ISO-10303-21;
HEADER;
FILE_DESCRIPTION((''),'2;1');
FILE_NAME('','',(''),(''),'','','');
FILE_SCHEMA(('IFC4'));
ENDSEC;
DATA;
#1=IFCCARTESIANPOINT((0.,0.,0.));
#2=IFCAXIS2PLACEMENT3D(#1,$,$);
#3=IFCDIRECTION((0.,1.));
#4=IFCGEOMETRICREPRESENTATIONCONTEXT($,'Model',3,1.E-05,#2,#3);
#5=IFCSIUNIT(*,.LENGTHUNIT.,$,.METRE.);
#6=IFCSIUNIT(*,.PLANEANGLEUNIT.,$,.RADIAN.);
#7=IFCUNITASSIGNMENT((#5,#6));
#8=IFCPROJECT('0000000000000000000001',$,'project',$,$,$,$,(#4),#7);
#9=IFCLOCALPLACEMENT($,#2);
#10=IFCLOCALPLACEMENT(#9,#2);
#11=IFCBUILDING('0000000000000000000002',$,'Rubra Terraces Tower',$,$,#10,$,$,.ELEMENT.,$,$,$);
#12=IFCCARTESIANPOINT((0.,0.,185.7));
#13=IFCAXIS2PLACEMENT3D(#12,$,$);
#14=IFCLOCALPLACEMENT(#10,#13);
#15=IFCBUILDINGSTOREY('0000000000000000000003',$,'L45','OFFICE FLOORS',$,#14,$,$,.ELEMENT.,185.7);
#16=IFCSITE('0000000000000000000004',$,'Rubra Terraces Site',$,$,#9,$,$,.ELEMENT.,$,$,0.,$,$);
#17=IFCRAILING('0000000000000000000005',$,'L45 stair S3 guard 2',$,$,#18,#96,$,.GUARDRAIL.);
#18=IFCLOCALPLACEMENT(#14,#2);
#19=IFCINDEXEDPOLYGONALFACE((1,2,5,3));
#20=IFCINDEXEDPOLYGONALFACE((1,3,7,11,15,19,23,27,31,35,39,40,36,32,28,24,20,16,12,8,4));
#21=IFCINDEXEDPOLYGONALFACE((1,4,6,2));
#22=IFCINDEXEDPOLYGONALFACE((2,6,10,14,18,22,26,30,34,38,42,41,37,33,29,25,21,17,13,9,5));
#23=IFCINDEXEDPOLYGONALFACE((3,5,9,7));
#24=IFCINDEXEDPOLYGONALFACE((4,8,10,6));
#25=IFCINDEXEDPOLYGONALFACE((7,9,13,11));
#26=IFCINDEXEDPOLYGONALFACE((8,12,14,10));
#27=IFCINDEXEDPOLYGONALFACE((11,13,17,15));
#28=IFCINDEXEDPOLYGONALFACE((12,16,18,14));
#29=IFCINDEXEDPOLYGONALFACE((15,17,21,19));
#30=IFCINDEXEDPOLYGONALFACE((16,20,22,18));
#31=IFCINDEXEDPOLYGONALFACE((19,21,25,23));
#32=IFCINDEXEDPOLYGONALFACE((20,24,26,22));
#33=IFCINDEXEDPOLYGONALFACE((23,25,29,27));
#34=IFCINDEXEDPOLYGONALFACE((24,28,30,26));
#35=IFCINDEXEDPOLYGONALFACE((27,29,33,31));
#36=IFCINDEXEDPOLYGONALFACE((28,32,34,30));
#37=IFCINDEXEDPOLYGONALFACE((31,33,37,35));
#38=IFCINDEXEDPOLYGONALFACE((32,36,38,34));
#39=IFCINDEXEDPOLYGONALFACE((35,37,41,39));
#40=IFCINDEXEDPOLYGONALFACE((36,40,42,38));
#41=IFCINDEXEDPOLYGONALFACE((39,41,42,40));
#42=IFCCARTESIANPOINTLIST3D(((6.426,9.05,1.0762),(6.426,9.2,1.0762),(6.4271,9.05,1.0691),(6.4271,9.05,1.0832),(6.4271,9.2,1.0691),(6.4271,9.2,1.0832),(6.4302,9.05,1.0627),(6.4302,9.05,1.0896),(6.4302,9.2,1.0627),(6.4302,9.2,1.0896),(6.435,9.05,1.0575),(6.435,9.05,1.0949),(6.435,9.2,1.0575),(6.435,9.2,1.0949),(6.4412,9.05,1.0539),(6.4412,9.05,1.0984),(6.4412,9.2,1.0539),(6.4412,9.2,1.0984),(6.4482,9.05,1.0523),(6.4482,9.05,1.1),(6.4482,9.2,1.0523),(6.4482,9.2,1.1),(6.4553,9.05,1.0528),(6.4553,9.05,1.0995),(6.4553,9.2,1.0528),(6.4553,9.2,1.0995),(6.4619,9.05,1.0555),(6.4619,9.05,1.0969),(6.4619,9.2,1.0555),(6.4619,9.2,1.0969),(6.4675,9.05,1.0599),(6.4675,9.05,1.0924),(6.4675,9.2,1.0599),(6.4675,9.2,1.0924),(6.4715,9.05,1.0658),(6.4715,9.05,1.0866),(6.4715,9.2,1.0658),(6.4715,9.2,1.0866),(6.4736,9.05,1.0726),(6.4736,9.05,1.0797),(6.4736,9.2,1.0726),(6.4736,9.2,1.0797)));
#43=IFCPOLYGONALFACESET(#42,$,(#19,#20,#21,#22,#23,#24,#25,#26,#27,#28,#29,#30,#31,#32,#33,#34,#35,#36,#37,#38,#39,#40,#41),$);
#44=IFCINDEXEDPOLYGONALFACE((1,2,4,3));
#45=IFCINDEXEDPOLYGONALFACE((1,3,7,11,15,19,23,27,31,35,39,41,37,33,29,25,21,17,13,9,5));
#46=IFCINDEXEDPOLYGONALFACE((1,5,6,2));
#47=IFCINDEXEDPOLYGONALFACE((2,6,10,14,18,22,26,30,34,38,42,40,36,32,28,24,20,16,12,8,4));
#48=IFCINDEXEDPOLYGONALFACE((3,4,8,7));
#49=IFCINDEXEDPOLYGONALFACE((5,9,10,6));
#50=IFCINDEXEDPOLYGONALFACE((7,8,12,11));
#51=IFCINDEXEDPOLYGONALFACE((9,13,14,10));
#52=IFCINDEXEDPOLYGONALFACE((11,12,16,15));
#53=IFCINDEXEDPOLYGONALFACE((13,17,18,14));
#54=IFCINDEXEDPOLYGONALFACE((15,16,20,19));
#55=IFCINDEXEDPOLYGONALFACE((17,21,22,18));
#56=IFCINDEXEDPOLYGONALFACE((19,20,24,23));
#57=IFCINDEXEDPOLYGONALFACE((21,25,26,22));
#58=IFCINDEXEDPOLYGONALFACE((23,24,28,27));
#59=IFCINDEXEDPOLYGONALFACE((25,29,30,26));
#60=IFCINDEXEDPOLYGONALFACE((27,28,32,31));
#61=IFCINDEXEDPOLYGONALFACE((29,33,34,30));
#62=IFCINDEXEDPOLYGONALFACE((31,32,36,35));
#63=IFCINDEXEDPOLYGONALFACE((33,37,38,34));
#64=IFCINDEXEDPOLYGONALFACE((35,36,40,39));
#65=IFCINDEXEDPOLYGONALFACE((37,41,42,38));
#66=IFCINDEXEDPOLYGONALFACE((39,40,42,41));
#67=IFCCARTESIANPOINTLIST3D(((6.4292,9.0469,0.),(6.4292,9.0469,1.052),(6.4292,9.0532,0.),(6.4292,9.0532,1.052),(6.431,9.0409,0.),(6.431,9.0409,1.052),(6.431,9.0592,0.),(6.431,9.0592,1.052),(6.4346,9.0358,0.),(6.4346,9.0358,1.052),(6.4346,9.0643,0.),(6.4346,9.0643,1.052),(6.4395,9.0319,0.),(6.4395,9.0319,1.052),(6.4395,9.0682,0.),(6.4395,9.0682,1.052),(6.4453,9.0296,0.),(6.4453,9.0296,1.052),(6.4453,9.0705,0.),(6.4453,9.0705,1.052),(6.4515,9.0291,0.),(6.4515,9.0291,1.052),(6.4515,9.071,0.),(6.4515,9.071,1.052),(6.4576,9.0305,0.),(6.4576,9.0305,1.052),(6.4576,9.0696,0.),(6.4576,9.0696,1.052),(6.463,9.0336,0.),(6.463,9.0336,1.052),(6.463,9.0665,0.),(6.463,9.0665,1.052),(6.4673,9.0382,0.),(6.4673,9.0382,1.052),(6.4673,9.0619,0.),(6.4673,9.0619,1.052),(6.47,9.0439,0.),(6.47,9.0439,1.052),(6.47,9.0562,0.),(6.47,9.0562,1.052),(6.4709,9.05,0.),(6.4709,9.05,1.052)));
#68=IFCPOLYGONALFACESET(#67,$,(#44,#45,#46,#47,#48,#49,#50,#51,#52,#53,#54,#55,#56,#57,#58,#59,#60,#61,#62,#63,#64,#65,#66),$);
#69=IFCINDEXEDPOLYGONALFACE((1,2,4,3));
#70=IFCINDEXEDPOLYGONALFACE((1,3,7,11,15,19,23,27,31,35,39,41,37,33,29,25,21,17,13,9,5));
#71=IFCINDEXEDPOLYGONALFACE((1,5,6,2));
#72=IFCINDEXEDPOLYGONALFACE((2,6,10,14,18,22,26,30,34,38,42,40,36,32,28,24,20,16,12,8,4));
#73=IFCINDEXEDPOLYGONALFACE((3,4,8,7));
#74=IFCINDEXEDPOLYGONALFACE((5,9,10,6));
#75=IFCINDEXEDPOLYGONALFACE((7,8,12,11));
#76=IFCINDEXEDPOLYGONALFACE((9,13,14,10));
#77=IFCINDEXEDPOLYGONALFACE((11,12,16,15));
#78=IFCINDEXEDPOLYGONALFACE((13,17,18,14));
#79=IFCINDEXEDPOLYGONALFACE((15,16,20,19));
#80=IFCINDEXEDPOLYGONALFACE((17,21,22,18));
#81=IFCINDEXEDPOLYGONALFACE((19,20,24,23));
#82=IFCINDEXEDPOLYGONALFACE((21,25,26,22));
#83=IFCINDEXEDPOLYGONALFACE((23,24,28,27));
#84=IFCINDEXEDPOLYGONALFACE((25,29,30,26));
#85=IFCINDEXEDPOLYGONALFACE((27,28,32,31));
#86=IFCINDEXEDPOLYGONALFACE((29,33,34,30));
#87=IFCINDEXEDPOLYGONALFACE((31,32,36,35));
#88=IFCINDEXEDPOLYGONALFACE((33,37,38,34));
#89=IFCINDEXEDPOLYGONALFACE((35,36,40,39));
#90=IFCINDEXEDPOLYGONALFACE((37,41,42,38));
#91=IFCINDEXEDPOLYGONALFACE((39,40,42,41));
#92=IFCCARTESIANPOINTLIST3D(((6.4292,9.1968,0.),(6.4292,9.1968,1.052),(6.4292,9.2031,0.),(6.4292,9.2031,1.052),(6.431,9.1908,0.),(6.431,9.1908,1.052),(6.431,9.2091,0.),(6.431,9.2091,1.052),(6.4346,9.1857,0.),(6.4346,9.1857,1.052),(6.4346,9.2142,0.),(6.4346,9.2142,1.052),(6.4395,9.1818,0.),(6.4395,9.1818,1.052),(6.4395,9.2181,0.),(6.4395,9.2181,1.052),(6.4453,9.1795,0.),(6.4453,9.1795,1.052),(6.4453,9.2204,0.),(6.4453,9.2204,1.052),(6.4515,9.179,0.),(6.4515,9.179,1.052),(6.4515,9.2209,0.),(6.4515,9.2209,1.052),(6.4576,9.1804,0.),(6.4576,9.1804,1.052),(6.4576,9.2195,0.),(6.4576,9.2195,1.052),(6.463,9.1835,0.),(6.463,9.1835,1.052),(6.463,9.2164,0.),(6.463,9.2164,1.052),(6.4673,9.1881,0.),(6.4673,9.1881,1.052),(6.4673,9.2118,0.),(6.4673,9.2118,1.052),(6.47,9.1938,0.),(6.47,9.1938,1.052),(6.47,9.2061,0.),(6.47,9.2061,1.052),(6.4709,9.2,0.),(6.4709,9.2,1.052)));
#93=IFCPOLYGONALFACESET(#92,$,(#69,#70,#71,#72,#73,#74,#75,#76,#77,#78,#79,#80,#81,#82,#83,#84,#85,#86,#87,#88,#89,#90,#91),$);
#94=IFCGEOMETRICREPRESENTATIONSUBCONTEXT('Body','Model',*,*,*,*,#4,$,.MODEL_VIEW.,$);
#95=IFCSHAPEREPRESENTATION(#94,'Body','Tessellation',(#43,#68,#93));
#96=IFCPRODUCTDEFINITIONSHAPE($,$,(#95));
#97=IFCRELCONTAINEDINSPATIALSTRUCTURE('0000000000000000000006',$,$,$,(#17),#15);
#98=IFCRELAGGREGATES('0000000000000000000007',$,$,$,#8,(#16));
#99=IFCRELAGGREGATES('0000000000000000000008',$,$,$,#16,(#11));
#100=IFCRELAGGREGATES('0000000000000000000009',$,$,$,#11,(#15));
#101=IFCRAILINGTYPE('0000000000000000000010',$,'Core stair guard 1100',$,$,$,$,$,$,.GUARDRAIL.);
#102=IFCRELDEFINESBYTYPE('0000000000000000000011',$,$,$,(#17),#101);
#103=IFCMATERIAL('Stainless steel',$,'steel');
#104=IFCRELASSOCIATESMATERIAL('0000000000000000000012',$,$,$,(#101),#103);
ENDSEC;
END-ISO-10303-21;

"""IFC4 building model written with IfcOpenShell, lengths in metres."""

from ifc_helpers import new_model, si_unit, direction, frame, origin, origin_2d, place, context, subcontext, project, spatial, circle, extrude, material, type_object, element, save


model = new_model("IFC4")

# Units and contexts
model_context = context("Model", 3, precision=1e-05, world=origin(), true_north=direction((0.0, 1.0)))
body_context = subcontext(model_context, "Body", "Model", "MODEL_VIEW")
ifc_project = project(units=[si_unit("LENGTHUNIT", "METRE"), si_unit("PLANEANGLEUNIT", "RADIAN")], contexts=[model_context])

# Site, building, storey
site_placement = place(None, origin())
site = spatial("IfcSite", under=ifc_project, at=site_placement, Name="Rubra Terraces Site", CompositionType="ELEMENT", RefElevation=0.0)
building_placement = place(site_placement, origin())
building = spatial("IfcBuilding", under=site, at=building_placement, Name="Rubra Terraces Tower", CompositionType="ELEMENT")
storey_placement = place(building_placement, frame((0.0, 0.0, 185.7)))
storey = spatial("IfcBuildingStorey", under=building, at=storey_placement, Name="L45", Description="OFFICE FLOORS", CompositionType="ELEMENT", Elevation=185.7)

# Shared definitions
ifc_material_1 = material(Name="Stainless steel", Category="steel")

# Railing
railing_type_1 = type_object("IfcRailingType", Name="Core stair guard 1100", PredefinedType="GUARDRAIL", material=ifc_material_1)
railing_1_placement = place(storey_placement, frame((6.45, 9.05, 0.0)))
element("IfcRailing", 1, at=railing_1_placement, inside=storey, type_object=railing_type_1, Name="L45 stair S3 guard 2", PredefinedType="GUARDRAIL", context=body_context, shape_type="SweptSolid", body=[
    extrude(circle(Radius=0.0239, at=origin_2d()), frame((0.0, 0.0, 1.0762), z_axis=(0.0, 1.0, 0.0), x_axis=(-1.0, 0.0, 0.0)), (0.0, 0.0, 1.0), 0.1499),
    extrude(circle(Radius=0.021, at=origin_2d()), origin(), (0.0, 0.0, 1.0), 1.052),
    extrude(circle(Radius=0.021, at=origin_2d()), frame((0.0, 0.1499, 0.0)), (0.0, 0.0, 1.0), 1.052),
])

save(model, "model.ifc")
